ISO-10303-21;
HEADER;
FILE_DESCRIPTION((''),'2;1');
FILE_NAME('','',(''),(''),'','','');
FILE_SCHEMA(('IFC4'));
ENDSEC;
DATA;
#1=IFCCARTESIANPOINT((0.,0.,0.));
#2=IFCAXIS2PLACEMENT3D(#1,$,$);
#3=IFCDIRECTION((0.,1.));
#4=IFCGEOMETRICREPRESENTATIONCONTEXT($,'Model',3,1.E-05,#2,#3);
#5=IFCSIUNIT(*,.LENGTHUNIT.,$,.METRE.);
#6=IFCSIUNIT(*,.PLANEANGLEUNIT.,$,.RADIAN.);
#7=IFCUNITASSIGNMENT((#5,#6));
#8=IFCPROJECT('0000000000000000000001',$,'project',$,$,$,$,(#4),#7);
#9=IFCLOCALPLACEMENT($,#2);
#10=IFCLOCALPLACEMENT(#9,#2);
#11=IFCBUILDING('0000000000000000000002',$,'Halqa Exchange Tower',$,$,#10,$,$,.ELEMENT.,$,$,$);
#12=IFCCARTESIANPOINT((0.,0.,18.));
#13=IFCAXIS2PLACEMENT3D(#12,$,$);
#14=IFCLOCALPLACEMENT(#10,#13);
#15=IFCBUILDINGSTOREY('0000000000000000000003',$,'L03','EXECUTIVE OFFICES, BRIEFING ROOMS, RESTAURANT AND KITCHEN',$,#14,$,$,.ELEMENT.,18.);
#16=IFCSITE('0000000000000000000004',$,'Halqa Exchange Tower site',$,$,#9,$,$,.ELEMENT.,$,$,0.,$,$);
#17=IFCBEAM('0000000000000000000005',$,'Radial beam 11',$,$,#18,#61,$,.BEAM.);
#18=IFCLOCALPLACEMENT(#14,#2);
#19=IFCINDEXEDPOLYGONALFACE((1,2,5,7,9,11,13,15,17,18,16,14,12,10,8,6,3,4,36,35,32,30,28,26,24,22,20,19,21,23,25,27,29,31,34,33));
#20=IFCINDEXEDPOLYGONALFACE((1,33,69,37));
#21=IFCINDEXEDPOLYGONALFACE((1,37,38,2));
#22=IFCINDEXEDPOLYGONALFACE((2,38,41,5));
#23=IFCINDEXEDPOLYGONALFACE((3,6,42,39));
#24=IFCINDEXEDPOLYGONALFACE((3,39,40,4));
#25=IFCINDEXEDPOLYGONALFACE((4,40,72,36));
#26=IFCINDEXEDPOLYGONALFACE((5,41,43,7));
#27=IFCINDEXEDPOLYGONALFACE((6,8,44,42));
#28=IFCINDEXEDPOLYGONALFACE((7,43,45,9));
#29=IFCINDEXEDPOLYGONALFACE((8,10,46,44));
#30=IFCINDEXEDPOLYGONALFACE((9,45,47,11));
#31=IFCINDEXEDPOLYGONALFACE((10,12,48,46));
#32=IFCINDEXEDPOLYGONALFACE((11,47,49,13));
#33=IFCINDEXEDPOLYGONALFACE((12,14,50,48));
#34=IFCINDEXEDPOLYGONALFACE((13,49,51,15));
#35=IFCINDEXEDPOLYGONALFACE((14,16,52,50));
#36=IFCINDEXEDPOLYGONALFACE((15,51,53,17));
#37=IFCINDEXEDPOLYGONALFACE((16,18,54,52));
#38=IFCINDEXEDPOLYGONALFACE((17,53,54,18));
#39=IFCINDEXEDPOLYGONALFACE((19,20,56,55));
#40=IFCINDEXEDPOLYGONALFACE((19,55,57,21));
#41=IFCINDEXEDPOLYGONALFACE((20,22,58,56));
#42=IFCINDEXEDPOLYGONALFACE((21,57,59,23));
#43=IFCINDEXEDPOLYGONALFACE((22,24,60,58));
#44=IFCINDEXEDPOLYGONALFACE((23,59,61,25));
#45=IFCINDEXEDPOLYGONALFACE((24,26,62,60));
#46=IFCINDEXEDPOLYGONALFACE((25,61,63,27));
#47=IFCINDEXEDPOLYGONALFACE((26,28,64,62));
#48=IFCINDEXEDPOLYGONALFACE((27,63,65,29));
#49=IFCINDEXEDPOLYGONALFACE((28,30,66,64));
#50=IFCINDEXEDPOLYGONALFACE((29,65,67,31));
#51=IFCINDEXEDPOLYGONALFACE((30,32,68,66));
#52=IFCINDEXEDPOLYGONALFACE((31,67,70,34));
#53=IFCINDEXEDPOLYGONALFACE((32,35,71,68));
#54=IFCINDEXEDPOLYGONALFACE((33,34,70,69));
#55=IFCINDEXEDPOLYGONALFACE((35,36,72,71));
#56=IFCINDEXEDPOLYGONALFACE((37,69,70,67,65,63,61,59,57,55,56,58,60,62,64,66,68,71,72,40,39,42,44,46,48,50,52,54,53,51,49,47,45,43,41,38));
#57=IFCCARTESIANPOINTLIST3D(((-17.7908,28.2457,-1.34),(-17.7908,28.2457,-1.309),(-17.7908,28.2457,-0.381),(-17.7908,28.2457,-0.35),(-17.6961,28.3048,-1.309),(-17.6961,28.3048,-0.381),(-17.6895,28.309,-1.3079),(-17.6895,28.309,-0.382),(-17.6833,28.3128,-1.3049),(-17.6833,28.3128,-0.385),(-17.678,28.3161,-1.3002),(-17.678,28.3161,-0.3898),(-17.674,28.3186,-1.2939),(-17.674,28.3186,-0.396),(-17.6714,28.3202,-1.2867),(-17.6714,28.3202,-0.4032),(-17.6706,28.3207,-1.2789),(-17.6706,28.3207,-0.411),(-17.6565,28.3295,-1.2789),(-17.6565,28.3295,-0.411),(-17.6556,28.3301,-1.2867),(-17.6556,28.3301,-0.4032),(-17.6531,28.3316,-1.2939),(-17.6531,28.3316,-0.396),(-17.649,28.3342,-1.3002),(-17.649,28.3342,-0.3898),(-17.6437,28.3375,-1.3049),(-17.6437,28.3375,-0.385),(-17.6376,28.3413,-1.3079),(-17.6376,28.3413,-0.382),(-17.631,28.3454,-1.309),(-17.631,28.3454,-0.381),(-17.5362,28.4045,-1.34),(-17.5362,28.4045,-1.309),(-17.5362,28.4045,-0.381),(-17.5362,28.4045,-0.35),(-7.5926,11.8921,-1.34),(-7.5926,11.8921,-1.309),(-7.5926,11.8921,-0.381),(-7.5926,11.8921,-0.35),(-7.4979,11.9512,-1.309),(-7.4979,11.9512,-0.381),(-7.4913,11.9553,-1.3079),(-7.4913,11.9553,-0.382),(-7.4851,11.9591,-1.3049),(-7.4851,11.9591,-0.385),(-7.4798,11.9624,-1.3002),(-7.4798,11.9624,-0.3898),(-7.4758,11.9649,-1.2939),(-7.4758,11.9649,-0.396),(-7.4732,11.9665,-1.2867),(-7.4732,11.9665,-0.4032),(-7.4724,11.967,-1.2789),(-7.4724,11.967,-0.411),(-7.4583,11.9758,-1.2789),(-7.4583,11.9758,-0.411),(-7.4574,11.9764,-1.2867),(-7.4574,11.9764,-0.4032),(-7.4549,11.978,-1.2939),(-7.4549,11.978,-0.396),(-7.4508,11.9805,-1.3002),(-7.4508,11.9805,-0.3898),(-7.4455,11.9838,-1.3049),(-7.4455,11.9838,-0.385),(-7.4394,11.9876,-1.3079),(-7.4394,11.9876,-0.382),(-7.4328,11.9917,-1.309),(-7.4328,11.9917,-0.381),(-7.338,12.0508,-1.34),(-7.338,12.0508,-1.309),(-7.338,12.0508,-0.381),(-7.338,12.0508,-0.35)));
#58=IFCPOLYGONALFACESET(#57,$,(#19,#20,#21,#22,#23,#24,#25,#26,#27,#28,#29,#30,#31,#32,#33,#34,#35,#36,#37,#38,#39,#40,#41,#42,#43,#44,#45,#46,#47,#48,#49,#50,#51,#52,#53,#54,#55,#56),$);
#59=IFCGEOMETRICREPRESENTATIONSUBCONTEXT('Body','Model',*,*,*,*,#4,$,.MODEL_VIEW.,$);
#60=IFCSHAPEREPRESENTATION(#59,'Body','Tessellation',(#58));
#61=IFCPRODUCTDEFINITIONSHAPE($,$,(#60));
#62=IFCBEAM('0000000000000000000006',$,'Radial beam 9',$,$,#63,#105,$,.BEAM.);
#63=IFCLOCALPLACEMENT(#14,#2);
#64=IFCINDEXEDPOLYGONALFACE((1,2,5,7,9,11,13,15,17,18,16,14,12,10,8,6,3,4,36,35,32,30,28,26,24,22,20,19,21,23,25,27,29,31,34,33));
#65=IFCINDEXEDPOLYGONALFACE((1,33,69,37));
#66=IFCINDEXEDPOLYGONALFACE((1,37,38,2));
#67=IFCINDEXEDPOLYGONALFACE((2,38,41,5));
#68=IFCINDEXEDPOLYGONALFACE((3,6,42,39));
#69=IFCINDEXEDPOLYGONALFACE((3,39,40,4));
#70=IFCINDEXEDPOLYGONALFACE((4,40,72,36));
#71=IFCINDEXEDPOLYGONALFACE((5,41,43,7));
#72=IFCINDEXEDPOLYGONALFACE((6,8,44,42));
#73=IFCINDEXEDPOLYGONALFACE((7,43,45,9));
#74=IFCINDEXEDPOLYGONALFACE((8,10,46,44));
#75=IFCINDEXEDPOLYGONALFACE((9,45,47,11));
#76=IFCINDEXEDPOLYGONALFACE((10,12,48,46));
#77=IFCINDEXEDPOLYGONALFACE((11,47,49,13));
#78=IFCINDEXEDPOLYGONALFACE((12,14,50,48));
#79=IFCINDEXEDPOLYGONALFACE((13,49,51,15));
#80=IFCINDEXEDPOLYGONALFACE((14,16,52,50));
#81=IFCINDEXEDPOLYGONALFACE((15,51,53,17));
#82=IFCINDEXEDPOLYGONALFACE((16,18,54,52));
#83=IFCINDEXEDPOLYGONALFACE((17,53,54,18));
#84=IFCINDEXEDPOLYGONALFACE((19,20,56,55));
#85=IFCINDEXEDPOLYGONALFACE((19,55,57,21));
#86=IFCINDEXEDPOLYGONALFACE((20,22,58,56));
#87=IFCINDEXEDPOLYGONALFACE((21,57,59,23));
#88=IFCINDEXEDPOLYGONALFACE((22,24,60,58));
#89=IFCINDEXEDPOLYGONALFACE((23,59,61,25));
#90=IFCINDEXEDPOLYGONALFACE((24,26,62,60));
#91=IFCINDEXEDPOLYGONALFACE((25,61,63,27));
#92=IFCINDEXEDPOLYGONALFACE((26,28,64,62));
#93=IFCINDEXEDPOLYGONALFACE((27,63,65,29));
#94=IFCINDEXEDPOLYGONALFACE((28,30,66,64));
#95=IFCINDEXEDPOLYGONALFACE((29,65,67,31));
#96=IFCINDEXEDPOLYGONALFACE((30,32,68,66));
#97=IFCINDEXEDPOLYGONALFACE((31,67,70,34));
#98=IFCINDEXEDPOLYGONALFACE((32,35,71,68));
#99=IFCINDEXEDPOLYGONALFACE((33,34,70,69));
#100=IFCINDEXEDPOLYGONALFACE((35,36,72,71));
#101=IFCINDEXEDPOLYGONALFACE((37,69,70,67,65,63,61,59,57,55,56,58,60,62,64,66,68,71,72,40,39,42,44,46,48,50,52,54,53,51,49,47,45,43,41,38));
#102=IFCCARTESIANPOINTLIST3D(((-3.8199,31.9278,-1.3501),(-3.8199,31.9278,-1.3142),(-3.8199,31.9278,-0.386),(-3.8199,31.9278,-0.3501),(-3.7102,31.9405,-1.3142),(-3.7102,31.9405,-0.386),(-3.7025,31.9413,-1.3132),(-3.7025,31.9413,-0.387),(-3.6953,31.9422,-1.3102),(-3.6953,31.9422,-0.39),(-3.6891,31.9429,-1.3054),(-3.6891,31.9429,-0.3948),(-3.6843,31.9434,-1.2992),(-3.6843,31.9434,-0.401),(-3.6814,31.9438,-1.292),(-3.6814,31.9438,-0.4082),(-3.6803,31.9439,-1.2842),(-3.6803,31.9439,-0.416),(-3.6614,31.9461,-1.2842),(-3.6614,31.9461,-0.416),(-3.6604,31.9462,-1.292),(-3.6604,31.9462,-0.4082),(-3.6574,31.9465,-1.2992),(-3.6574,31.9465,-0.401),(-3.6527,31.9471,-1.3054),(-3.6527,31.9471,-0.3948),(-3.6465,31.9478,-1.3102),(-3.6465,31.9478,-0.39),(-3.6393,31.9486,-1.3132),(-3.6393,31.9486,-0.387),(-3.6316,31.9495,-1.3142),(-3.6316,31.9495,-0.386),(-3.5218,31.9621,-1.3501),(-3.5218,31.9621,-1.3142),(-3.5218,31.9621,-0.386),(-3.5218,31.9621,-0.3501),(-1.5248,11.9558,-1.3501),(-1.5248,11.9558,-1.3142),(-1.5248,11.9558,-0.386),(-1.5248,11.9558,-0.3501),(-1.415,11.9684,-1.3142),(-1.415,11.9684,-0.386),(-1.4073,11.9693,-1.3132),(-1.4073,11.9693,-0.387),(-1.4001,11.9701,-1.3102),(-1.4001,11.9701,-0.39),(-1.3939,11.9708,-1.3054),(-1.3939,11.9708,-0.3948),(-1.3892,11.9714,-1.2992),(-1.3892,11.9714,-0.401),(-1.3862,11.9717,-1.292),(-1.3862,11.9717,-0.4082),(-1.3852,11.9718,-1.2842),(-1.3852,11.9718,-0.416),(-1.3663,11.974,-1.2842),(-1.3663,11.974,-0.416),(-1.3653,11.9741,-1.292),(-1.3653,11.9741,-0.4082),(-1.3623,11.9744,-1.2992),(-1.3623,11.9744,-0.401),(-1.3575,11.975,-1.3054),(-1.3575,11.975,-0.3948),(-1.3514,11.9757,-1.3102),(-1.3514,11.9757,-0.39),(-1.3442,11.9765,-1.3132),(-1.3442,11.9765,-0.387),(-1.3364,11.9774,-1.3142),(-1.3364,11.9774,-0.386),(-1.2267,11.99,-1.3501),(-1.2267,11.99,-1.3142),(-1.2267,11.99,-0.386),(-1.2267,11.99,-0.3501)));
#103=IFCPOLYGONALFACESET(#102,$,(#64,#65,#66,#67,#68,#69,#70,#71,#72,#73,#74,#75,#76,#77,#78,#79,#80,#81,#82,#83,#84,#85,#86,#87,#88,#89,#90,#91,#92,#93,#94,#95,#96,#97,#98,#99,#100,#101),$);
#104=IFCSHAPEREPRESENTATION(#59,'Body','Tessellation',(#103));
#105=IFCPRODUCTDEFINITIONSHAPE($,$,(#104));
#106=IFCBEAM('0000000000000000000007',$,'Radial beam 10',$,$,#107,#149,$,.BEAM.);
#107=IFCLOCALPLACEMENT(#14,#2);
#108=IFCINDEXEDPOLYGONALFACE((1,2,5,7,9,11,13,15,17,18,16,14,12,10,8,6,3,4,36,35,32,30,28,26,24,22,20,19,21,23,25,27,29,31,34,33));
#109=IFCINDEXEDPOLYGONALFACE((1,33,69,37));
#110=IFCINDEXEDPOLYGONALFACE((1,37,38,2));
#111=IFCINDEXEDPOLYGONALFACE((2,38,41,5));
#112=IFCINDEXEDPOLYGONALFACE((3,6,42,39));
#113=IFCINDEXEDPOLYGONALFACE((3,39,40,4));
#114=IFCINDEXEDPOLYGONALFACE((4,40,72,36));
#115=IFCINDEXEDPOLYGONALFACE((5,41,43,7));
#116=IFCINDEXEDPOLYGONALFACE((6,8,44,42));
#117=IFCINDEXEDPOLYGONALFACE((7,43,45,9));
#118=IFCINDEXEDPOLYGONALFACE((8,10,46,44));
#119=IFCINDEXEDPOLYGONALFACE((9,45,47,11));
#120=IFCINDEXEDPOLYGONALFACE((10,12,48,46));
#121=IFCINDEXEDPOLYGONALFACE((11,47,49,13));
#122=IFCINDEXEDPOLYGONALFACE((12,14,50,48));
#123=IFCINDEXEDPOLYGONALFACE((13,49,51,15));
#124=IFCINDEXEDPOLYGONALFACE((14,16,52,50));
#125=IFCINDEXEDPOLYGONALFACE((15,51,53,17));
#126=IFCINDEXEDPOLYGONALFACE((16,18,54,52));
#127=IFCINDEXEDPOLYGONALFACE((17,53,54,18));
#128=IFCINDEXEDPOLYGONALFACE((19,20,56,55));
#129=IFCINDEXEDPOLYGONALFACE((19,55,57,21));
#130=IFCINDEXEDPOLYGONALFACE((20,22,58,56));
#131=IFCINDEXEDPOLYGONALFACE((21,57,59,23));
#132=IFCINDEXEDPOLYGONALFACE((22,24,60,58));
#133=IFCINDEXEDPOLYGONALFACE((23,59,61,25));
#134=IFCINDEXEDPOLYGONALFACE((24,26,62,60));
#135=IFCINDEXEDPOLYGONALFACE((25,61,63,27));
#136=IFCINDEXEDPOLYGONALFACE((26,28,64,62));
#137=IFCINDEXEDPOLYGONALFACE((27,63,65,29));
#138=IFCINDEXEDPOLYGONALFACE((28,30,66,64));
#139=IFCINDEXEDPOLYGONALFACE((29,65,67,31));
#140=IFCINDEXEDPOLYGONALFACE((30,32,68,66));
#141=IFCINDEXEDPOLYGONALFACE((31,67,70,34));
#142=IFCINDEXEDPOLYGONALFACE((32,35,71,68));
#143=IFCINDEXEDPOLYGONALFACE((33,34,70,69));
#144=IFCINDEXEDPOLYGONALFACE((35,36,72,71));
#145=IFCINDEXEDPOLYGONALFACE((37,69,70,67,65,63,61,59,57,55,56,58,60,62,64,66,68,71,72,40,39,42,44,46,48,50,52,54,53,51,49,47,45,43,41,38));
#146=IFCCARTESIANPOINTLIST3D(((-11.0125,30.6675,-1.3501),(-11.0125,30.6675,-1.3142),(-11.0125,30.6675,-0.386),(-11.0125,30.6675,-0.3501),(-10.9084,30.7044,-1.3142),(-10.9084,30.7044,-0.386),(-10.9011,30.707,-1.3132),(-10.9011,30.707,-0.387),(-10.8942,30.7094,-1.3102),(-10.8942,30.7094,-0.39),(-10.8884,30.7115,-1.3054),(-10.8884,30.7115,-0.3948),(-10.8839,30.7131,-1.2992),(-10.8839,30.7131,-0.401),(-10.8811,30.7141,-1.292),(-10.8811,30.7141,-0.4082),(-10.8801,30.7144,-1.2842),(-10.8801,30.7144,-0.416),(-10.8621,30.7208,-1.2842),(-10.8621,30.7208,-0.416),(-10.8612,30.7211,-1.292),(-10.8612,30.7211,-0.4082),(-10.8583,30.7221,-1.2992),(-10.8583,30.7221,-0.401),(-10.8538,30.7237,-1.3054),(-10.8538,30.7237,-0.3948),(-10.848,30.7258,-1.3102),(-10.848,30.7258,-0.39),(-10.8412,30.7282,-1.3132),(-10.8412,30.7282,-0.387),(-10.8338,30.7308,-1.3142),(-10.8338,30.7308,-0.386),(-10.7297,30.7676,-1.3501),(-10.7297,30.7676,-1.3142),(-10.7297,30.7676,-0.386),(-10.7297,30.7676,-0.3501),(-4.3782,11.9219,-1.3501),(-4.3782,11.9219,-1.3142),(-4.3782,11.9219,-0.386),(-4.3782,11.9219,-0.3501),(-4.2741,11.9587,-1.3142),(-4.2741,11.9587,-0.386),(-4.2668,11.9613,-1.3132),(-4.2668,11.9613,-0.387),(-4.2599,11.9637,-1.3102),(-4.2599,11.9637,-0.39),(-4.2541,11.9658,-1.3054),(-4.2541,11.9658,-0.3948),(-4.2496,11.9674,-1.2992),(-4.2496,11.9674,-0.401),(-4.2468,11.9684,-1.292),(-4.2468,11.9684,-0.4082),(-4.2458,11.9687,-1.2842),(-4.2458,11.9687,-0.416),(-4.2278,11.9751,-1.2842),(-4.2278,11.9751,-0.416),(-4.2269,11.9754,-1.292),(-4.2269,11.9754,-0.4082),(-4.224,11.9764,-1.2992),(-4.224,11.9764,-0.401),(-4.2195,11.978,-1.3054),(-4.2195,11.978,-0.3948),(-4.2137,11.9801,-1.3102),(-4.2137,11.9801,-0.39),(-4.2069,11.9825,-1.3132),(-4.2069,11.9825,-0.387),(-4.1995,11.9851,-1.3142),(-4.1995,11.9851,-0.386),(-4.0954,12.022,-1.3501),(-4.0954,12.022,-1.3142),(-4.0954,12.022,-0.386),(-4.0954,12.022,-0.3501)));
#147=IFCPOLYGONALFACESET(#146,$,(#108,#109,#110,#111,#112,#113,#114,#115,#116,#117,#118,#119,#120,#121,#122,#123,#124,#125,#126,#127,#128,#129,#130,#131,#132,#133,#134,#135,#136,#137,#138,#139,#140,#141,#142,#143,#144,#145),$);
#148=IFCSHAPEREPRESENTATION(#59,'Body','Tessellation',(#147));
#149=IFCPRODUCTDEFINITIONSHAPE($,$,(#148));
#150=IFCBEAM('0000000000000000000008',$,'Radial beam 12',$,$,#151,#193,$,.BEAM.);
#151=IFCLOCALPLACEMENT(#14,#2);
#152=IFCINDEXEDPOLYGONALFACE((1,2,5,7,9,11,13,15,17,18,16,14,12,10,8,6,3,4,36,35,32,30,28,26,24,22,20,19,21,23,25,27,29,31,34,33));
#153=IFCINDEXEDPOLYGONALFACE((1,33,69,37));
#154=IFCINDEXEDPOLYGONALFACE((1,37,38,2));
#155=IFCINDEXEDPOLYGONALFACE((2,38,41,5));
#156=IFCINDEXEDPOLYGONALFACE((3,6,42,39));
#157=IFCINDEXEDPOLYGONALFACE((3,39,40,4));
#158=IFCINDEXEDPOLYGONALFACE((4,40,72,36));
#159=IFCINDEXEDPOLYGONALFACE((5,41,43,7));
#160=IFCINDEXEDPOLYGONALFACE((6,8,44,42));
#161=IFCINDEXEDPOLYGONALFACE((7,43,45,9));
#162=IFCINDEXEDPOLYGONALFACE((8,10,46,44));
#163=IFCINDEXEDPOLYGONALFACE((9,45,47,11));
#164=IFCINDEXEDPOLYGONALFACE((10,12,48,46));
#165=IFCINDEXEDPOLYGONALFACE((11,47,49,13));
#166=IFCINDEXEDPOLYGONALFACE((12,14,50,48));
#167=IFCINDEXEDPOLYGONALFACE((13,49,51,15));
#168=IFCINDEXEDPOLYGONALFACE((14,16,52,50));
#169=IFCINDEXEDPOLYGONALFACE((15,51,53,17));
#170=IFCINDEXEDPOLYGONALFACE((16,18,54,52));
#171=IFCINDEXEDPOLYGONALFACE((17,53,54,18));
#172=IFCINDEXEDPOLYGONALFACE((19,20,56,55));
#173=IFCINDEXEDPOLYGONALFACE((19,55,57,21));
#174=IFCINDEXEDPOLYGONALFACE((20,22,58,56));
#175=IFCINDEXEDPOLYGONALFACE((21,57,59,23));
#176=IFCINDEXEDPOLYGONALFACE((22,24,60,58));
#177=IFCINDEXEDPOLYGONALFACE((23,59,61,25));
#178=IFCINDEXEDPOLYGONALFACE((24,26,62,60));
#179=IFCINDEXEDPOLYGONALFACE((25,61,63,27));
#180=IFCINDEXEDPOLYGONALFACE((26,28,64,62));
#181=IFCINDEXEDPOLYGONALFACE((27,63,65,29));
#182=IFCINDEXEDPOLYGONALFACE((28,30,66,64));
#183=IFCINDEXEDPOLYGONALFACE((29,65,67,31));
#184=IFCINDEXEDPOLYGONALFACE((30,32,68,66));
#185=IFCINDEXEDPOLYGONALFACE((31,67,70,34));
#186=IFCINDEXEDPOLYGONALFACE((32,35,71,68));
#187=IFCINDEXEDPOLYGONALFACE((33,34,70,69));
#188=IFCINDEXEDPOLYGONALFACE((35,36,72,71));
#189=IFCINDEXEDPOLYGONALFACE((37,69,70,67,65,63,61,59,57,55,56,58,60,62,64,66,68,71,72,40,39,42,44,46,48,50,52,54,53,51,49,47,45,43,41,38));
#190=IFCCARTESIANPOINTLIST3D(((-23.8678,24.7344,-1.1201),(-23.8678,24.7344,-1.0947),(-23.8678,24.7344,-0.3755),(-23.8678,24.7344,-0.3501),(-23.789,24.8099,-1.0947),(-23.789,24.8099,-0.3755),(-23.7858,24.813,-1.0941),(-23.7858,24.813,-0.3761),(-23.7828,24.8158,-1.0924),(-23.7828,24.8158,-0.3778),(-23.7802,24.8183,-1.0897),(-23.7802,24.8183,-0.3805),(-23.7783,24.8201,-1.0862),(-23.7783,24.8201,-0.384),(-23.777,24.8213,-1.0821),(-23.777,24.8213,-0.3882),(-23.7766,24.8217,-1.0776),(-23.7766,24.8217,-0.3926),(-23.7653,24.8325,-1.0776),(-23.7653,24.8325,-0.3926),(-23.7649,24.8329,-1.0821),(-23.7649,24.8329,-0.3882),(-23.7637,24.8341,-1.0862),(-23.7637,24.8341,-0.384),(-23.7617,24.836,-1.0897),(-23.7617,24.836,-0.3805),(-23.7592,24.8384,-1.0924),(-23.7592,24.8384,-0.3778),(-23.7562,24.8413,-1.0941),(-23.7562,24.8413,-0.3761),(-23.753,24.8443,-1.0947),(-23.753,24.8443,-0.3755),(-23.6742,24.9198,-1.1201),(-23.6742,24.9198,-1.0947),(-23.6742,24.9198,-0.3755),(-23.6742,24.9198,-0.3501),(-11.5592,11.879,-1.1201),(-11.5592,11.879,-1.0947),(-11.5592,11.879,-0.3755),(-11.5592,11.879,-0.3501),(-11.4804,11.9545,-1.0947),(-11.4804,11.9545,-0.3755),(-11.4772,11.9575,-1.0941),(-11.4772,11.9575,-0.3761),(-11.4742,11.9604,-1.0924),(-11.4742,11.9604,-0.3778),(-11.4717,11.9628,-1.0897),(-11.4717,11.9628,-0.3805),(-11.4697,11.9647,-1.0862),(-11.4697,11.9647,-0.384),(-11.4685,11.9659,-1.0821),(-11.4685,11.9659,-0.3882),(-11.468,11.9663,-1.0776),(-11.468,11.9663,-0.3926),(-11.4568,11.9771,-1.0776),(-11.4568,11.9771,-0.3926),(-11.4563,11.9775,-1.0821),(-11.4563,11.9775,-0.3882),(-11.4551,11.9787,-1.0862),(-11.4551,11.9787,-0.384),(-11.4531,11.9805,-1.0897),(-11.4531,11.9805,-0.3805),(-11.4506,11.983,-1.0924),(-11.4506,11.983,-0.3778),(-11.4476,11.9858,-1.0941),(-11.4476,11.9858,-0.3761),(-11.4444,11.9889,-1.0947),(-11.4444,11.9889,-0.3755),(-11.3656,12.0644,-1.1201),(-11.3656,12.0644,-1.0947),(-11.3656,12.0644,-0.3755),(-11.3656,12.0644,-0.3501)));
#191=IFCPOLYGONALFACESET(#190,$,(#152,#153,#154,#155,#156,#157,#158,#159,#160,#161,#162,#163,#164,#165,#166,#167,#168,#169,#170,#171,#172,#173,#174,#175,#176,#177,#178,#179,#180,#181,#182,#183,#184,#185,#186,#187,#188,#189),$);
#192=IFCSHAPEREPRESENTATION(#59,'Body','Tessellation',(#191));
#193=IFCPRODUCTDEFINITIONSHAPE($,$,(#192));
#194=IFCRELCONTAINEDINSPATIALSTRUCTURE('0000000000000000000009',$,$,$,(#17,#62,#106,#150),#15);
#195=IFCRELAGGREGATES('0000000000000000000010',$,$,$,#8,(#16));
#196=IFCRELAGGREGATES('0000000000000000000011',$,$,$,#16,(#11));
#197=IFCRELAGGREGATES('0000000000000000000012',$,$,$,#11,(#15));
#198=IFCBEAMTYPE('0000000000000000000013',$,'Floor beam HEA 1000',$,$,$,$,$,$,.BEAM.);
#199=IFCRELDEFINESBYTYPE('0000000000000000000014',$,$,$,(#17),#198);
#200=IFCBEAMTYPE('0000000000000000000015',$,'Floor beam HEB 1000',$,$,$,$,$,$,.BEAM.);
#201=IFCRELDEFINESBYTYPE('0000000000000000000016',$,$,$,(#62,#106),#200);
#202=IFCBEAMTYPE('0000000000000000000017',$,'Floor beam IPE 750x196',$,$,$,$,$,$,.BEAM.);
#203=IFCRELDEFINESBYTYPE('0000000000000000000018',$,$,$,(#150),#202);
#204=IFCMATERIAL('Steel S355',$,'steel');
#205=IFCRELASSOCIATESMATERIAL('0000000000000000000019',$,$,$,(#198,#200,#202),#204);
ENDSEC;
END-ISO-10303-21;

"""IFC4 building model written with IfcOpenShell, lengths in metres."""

from ifc_helpers import new_model, si_unit, direction, frame, origin, origin_2d, place, context, subcontext, project, spatial, i_section, extrude, material, material_profile, profile_set, type_object, element, save


model = new_model("IFC4")

# Units and contexts
model_context = context("Model", 3, precision=1e-05, world=origin(), true_north=direction((0.0, 1.0)))
body_context = subcontext(model_context, "Body", "Model", "MODEL_VIEW")
ifc_project = project(units=[si_unit("LENGTHUNIT", "METRE"), si_unit("PLANEANGLEUNIT", "RADIAN")], contexts=[model_context])

# Site, building, storey
site_placement = place(None, origin())
site = spatial("IfcSite", under=ifc_project, at=site_placement, Name="Halqa Exchange Tower site", CompositionType="ELEMENT", RefElevation=0.0)
building_placement = place(site_placement, origin())
building = spatial("IfcBuilding", under=site, at=building_placement, Name="Halqa Exchange Tower", CompositionType="ELEMENT")
storey_placement = place(building_placement, frame((0.0, 0.0, 18.0)))
storey = spatial("IfcBuildingStorey", under=building, at=storey_placement, Name="L03", Description="EXECUTIVE OFFICES, BRIEFING ROOMS, RESTAURANT AND KITCHEN", CompositionType="ELEMENT", Elevation=18.0)

# Beams
ifc_material_1 = material(Name="Steel S355", Category="steel")
ifc_material_profile_1 = material_profile(ifc_material_1, i_section(OverallWidth=0.3, OverallDepth=0.99, WebThickness=0.0166, FlangeThickness=0.031, FilletRadius=0.03, at=origin_2d()), Name="HEA 1000")
ifc_profile_set_1 = profile_set([ifc_material_profile_1], Name="Steel S355")
beam_type_1 = type_object("IfcBeamType", Name="Floor beam HEA 1000", PredefinedType="BEAM", material=ifc_profile_set_1)
beam_1_placement = place(storey_placement, frame((-7.4653, 11.9714, -0.845), z_axis=(-0.529146, 0.848531, 0.0), x_axis=(-0.848531, -0.529146, 0.0)))
element("IfcBeam", 1, at=beam_1_placement, inside=storey, type_object=beam_type_1, Name="Radial beam 11", PredefinedType="BEAM", context=body_context, shape_type="SweptSolid", body=[
    extrude(i_section(OverallWidth=0.3, OverallDepth=0.99, WebThickness=0.0166, FlangeThickness=0.031, FilletRadius=0.03, at=origin_2d()), origin(), (0.0, 0.0, 1.0), 19.2729),
])
ifc_material_profile_2 = material_profile(ifc_material_1, i_section(OverallWidth=0.3, OverallDepth=1.0, WebThickness=0.019, FlangeThickness=0.0359, FilletRadius=0.03, at=origin_2d()), Name="HEB 1000")
ifc_profile_set_2 = profile_set([ifc_material_profile_2], Name="Steel S355")
beam_type_2 = type_object("IfcBeamType", Name="Floor beam HEB 1000", PredefinedType="BEAM", material=ifc_profile_set_2)
beam_2_placement = place(storey_placement, frame((-1.3757, 11.9729, -0.8501), z_axis=(-0.114167, 0.993462, 0.0), x_axis=(-0.993462, -0.114167, 0.0)))
element("IfcBeam", 2, at=beam_2_placement, inside=storey, type_object=beam_type_2, Name="Radial beam 9", PredefinedType="BEAM", context=body_context, shape_type="SweptSolid", body=[
    extrude(i_section(OverallWidth=0.3, OverallDepth=1.0, WebThickness=0.019, FlangeThickness=0.0359, FilletRadius=0.03, at=origin_2d()), origin(), (0.0, 0.0, 1.0), 20.1035),
])
beam_3_placement = place(storey_placement, frame((-4.2368, 11.9719, -0.8501), z_axis=(-0.333633, 0.942703, 0.0), x_axis=(-0.942703, -0.333633, 0.0)))
element("IfcBeam", 3, at=beam_3_placement, inside=storey, type_object=beam_type_2, Name="Radial beam 10", PredefinedType="BEAM", context=body_context, shape_type="SweptSolid", body=[
    extrude(i_section(OverallWidth=0.3, OverallDepth=1.0, WebThickness=0.019, FlangeThickness=0.0359, FilletRadius=0.03, at=origin_2d()), origin(), (0.0, 0.0, 1.0), 19.885),
])
ifc_material_profile_3 = material_profile(ifc_material_1, i_section(OverallWidth=0.2681, OverallDepth=0.77, WebThickness=0.0156, FlangeThickness=0.0254, FilletRadius=0.0171, at=origin_2d()), Name="IPE 750x196")
ifc_profile_set_3 = profile_set([ifc_material_profile_3], Name="Steel S355")
beam_type_3 = type_object("IfcBeamType", Name="Floor beam IPE 750x196", PredefinedType="BEAM", material=ifc_profile_set_3)
beam_4_placement = place(storey_placement, frame((-11.4624, 11.9717, -0.7351), z_axis=(-0.691576, 0.722303, 0.0), x_axis=(-0.722303, -0.691576, 0.0)))
element("IfcBeam", 4, at=beam_4_placement, inside=storey, type_object=beam_type_3, Name="Radial beam 12", PredefinedType="BEAM", context=body_context, shape_type="SweptSolid", body=[
    extrude(i_section(OverallWidth=0.2681, OverallDepth=0.77, WebThickness=0.0156, FlangeThickness=0.0254, FilletRadius=0.0171, at=origin_2d()), origin(), (0.0, 0.0, 1.0), 17.7979),
])

save(model, "model.ifc")
